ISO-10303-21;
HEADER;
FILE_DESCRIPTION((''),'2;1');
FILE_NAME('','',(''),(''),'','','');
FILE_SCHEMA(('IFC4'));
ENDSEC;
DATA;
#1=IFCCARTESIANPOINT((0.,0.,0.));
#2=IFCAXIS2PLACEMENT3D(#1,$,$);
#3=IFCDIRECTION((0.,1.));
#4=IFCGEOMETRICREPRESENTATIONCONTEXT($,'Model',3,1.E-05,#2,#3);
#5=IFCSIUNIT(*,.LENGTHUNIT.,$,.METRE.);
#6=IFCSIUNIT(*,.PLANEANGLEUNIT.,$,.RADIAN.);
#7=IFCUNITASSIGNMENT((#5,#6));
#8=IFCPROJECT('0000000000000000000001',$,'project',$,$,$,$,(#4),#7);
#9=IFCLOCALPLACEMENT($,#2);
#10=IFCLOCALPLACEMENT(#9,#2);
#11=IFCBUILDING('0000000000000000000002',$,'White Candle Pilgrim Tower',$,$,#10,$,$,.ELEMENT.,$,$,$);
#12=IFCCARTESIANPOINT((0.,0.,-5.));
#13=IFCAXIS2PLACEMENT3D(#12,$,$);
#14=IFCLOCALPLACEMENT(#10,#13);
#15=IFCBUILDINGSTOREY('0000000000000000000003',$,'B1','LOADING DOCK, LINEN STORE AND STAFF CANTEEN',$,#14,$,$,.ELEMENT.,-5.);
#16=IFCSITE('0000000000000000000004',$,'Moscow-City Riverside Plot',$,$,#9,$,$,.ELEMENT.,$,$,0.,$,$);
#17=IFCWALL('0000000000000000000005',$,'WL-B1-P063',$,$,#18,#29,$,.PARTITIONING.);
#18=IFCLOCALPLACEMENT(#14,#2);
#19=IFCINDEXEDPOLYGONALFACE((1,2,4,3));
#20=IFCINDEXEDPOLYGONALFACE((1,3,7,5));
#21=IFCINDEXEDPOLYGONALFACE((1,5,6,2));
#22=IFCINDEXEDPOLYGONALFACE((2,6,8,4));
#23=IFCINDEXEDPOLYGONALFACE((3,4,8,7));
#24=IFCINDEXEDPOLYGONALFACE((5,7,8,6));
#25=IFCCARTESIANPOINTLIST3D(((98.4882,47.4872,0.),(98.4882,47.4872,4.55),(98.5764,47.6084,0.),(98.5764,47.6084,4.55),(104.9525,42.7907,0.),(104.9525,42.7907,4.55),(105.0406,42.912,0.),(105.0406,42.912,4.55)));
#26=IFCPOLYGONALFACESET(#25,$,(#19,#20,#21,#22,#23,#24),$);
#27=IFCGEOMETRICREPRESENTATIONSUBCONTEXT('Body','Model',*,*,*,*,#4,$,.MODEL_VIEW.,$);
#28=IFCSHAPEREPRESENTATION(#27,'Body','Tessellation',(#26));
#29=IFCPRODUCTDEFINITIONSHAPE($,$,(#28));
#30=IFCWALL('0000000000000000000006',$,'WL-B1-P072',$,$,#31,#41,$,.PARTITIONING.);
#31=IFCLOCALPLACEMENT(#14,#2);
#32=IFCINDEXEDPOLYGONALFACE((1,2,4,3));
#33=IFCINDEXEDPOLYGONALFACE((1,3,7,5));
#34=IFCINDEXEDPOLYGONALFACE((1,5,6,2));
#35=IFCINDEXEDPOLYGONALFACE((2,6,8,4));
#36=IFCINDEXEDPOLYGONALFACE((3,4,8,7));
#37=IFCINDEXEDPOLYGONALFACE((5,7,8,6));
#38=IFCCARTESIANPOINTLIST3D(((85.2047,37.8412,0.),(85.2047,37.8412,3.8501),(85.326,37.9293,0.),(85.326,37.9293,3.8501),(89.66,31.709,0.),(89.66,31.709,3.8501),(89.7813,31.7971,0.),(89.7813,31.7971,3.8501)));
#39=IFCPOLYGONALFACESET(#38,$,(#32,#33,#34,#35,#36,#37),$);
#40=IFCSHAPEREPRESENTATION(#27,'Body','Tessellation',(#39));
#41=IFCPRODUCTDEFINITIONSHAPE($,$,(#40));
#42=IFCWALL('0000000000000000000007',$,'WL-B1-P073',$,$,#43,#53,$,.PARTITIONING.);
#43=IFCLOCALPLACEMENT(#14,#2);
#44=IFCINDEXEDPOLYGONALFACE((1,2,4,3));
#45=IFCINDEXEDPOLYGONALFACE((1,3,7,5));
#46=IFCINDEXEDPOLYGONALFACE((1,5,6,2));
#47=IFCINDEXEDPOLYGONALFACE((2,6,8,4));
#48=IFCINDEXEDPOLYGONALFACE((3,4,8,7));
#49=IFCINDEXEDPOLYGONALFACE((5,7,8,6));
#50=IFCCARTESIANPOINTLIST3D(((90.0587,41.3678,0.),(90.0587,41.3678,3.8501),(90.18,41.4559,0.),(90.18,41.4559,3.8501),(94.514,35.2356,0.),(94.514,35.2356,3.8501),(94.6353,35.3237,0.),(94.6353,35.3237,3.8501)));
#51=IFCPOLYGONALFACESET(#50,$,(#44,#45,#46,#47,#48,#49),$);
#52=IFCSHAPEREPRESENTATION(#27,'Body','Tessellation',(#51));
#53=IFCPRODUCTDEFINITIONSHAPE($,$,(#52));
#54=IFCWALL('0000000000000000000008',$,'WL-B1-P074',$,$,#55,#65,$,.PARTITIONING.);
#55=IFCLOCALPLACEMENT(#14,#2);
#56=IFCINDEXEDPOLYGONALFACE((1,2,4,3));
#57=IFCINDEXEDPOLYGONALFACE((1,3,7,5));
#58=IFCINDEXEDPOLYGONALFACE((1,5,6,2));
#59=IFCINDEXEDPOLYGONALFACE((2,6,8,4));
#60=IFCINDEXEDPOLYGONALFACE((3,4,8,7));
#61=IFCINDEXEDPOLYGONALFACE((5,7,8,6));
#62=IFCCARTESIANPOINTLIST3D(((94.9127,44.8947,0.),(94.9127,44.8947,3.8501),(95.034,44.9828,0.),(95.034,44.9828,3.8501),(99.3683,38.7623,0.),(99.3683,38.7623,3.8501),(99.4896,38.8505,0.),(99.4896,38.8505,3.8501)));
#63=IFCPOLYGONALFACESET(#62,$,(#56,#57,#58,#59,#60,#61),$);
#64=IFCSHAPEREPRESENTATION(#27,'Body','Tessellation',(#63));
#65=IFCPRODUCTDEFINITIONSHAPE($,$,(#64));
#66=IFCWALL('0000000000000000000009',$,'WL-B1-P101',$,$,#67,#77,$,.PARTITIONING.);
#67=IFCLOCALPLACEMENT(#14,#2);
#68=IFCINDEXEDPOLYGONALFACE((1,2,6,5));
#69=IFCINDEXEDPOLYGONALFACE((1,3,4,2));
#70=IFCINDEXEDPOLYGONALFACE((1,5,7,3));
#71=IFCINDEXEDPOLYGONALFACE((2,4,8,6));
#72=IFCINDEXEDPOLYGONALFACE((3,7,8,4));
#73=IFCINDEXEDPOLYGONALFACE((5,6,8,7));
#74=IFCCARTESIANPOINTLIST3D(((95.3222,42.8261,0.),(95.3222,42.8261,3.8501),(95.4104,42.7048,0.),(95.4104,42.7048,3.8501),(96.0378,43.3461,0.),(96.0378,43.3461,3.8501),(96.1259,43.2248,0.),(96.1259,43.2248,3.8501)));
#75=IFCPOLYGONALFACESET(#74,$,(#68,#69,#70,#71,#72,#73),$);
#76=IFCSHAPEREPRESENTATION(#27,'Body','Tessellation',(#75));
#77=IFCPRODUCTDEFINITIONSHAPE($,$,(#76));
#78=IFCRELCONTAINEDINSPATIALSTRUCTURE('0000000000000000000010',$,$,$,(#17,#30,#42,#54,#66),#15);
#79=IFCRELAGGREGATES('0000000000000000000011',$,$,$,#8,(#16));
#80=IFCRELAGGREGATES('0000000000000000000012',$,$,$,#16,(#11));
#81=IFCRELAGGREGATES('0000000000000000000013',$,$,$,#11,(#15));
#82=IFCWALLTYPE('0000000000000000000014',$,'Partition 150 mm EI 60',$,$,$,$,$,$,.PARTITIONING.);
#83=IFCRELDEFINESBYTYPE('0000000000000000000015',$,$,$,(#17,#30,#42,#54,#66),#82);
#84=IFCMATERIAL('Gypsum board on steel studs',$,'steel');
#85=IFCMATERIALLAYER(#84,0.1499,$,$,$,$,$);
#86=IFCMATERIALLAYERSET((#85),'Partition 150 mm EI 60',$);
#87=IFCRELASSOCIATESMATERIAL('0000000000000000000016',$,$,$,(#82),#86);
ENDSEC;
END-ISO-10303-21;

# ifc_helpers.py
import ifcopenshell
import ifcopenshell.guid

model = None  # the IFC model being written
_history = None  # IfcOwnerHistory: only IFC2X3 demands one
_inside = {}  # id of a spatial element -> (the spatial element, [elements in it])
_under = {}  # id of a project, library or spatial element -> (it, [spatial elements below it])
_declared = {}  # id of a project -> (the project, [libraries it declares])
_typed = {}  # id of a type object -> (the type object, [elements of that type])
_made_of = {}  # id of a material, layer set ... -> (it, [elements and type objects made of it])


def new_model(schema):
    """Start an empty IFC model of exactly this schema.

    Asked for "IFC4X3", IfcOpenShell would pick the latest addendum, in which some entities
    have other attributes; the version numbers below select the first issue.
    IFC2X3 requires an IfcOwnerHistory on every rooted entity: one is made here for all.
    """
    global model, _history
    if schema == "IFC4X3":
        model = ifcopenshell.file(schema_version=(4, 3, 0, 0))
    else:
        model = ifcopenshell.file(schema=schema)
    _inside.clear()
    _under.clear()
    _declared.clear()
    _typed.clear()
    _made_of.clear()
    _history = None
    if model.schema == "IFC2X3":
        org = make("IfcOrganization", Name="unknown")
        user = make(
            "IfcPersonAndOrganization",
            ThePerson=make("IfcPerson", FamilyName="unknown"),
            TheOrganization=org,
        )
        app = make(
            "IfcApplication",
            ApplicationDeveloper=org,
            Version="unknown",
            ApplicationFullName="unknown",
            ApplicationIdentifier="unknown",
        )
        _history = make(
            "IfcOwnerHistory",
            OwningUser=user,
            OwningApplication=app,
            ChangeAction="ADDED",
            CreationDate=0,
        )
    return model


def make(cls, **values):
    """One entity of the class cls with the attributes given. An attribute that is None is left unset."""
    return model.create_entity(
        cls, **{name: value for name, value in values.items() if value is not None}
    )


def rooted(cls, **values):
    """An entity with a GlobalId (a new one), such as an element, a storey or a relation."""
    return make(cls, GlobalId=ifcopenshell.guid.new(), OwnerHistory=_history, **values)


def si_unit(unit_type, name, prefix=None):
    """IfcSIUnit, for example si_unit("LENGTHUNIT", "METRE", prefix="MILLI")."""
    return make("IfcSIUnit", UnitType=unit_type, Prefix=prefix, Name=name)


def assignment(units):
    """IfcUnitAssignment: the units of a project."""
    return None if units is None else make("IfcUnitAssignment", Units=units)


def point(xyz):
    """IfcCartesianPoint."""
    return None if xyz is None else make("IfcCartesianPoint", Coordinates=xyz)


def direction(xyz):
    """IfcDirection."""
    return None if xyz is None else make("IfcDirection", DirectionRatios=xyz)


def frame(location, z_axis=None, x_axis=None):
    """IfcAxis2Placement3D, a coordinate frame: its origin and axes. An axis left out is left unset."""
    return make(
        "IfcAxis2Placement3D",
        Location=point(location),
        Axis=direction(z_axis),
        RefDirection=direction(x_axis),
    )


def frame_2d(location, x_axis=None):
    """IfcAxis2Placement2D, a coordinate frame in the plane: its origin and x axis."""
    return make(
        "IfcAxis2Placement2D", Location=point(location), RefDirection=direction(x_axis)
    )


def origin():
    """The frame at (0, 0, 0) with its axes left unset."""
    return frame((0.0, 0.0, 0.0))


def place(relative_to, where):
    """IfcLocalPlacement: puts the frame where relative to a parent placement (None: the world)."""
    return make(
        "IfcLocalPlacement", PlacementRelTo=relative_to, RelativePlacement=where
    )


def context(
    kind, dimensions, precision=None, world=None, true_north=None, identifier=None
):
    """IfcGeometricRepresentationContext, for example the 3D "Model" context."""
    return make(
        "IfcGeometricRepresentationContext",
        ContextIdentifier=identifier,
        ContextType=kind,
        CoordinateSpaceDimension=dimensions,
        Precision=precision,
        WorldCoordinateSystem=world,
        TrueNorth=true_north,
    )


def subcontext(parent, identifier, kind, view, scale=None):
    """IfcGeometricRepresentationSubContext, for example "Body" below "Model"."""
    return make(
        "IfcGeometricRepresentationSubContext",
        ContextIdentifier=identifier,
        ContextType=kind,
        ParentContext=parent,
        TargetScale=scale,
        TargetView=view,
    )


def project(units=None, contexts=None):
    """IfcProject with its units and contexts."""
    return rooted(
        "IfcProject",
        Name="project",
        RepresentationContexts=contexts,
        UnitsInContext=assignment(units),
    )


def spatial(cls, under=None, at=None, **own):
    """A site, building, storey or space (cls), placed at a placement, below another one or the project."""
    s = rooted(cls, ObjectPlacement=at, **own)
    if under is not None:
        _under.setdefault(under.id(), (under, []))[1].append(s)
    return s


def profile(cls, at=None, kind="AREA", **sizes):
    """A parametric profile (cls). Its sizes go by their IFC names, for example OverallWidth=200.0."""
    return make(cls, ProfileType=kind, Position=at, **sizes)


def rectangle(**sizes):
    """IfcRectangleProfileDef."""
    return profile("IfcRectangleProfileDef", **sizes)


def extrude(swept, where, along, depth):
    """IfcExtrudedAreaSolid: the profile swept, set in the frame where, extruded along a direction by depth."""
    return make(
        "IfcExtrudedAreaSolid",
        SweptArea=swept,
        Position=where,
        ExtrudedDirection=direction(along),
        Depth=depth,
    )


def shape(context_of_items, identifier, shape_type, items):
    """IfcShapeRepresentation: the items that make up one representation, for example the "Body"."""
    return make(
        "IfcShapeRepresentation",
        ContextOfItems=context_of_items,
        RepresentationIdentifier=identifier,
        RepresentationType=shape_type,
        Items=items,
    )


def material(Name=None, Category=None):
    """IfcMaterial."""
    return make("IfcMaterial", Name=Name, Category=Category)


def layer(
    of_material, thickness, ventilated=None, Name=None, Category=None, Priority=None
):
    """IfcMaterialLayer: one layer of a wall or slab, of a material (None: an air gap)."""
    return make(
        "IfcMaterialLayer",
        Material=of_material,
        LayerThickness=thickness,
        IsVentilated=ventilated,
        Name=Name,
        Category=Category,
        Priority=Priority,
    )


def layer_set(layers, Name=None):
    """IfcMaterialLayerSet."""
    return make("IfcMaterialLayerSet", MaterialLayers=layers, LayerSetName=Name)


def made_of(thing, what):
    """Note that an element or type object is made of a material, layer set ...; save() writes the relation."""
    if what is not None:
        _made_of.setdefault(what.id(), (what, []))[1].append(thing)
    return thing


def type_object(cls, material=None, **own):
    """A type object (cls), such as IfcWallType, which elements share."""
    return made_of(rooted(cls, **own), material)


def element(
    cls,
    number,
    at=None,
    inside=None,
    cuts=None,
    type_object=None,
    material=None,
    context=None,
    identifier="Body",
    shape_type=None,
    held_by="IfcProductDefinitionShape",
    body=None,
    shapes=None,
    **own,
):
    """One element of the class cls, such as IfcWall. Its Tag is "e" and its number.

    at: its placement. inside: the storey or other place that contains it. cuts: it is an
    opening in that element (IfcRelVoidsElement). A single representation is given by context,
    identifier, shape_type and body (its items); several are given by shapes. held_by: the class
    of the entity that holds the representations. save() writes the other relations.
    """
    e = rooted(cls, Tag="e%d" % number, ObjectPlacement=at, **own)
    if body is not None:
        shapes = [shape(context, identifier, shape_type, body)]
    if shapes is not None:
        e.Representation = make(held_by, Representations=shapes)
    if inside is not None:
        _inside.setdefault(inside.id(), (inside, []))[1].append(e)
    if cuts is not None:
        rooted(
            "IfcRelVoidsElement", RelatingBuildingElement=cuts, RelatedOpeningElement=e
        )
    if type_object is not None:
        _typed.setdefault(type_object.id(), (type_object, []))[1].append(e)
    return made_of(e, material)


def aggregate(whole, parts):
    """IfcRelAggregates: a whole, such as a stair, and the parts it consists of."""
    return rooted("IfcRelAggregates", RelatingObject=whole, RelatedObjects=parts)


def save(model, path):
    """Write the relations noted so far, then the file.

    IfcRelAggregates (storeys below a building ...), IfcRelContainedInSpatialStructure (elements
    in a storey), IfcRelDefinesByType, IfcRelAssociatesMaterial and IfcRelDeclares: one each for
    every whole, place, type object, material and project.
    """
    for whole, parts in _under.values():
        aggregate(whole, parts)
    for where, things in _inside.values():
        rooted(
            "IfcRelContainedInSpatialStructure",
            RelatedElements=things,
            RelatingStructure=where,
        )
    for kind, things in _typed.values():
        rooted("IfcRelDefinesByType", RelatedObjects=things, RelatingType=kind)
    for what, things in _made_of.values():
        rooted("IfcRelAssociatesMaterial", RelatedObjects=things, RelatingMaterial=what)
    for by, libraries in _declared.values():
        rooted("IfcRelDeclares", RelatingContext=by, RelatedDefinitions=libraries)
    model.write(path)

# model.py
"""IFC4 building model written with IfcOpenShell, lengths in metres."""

from ifc_helpers import new_model, si_unit, direction, frame, frame_2d, origin, place, context, subcontext, project, spatial, rectangle, extrude, material, layer, layer_set, type_object, element, save


model = new_model("IFC4")

# Units and contexts
model_context = context("Model", 3, precision=1e-05, world=origin(), true_north=direction((0.0, 1.0)))
body_context = subcontext(model_context, "Body", "Model", "MODEL_VIEW")
ifc_project = project(units=[si_unit("LENGTHUNIT", "METRE"), si_unit("PLANEANGLEUNIT", "RADIAN")], contexts=[model_context])

# Site, building, storey
site_placement = place(None, origin())
site = spatial("IfcSite", under=ifc_project, at=site_placement, Name="Moscow-City Riverside Plot", CompositionType="ELEMENT", RefElevation=0.0)
building_placement = place(site_placement, origin())
building = spatial("IfcBuilding", under=site, at=building_placement, Name="White Candle Pilgrim Tower", CompositionType="ELEMENT")
storey_placement = place(building_placement, frame((0.0, 0.0, -5.0)))
storey = spatial("IfcBuildingStorey", under=building, at=storey_placement, Name="B1", Description="LOADING DOCK, LINEN STORE AND STAFF CANTEEN", CompositionType="ELEMENT", Elevation=-5.0)

# Shared definitions
ifc_material_1 = material(Name="Gypsum board on steel studs", Category="steel")

# Walls
ifc_layer_1 = layer(ifc_material_1, 0.1499)
ifc_layer_set_1 = layer_set([ifc_layer_1], Name="Partition 150 mm EI 60")
wall_type_1 = type_object("IfcWallType", Name="Partition 150 mm EI 60", PredefinedType="PARTITIONING", material=ifc_layer_set_1)
wall_1_placement = place(storey_placement, frame((104.9966, 42.8513, 0.0), z_axis=(0.0, 0.0, 1.0), x_axis=(-0.809023, 0.587777, 0.0)))
element("IfcWall", 1, at=wall_1_placement, inside=storey, type_object=wall_type_1, Name="WL-B1-P063", PredefinedType="PARTITIONING", context=body_context, shape_type="SweptSolid", body=[
    extrude(rectangle(XDim=7.9902, YDim=0.1499, at=frame_2d((3.9951, 0.0))), origin(), (0.0, 0.0, 1.0), 4.55),
])
for number, where, z_axis, x_axis, name in (
    (2, (89.7207, 31.7529, 0.0), (0.0, 0.0, 1.0), (-0.587779, 0.809022, 0.0), "WL-B1-P072"),
    (3, (94.5747, 35.2795, 0.0), (0.0, 0.0, 1.0), (-0.587779, 0.809022, 0.0), "WL-B1-P073"),
):
    element("IfcWall", number, at=place(storey_placement, frame(where, z_axis=z_axis, x_axis=x_axis)), inside=storey, type_object=wall_type_1, Name=name, PredefinedType="PARTITIONING", context=body_context, shape_type="SweptSolid", body=[
        extrude(rectangle(XDim=7.5798, YDim=0.1499, at=frame_2d((3.79, 0.0))), origin(), (0.0, 0.0, 1.0), 3.8501),
    ])
wall_2_placement = place(storey_placement, frame((99.429, 38.8064, 0.0), z_axis=(0.0, 0.0, 1.0), x_axis=(-0.5878, 0.809006, 0.0)))
element("IfcWall", 4, at=wall_2_placement, inside=storey, type_object=wall_type_1, Name="WL-B1-P074", PredefinedType="PARTITIONING", context=body_context, shape_type="SweptSolid", body=[
    extrude(rectangle(XDim=7.5801, YDim=0.1499, at=frame_2d((3.79, 0.0))), origin(), (0.0, 0.0, 1.0), 3.8501),
])
wall_3_placement = place(storey_placement, frame((95.3662, 42.7654, 0.0), z_axis=(0.0, 0.0, 1.0), x_axis=(0.808951, 0.587876, 0.0)))
element("IfcWall", 5, at=wall_3_placement, inside=storey, type_object=wall_type_1, Name="WL-B1-P101", PredefinedType="PARTITIONING", context=body_context, shape_type="SweptSolid", body=[
    extrude(rectangle(XDim=0.8845, YDim=0.1499, at=frame_2d((0.4424, 0.0))), origin(), (0.0, 0.0, 1.0), 3.8501),
])

save(model, "model.ifc")
